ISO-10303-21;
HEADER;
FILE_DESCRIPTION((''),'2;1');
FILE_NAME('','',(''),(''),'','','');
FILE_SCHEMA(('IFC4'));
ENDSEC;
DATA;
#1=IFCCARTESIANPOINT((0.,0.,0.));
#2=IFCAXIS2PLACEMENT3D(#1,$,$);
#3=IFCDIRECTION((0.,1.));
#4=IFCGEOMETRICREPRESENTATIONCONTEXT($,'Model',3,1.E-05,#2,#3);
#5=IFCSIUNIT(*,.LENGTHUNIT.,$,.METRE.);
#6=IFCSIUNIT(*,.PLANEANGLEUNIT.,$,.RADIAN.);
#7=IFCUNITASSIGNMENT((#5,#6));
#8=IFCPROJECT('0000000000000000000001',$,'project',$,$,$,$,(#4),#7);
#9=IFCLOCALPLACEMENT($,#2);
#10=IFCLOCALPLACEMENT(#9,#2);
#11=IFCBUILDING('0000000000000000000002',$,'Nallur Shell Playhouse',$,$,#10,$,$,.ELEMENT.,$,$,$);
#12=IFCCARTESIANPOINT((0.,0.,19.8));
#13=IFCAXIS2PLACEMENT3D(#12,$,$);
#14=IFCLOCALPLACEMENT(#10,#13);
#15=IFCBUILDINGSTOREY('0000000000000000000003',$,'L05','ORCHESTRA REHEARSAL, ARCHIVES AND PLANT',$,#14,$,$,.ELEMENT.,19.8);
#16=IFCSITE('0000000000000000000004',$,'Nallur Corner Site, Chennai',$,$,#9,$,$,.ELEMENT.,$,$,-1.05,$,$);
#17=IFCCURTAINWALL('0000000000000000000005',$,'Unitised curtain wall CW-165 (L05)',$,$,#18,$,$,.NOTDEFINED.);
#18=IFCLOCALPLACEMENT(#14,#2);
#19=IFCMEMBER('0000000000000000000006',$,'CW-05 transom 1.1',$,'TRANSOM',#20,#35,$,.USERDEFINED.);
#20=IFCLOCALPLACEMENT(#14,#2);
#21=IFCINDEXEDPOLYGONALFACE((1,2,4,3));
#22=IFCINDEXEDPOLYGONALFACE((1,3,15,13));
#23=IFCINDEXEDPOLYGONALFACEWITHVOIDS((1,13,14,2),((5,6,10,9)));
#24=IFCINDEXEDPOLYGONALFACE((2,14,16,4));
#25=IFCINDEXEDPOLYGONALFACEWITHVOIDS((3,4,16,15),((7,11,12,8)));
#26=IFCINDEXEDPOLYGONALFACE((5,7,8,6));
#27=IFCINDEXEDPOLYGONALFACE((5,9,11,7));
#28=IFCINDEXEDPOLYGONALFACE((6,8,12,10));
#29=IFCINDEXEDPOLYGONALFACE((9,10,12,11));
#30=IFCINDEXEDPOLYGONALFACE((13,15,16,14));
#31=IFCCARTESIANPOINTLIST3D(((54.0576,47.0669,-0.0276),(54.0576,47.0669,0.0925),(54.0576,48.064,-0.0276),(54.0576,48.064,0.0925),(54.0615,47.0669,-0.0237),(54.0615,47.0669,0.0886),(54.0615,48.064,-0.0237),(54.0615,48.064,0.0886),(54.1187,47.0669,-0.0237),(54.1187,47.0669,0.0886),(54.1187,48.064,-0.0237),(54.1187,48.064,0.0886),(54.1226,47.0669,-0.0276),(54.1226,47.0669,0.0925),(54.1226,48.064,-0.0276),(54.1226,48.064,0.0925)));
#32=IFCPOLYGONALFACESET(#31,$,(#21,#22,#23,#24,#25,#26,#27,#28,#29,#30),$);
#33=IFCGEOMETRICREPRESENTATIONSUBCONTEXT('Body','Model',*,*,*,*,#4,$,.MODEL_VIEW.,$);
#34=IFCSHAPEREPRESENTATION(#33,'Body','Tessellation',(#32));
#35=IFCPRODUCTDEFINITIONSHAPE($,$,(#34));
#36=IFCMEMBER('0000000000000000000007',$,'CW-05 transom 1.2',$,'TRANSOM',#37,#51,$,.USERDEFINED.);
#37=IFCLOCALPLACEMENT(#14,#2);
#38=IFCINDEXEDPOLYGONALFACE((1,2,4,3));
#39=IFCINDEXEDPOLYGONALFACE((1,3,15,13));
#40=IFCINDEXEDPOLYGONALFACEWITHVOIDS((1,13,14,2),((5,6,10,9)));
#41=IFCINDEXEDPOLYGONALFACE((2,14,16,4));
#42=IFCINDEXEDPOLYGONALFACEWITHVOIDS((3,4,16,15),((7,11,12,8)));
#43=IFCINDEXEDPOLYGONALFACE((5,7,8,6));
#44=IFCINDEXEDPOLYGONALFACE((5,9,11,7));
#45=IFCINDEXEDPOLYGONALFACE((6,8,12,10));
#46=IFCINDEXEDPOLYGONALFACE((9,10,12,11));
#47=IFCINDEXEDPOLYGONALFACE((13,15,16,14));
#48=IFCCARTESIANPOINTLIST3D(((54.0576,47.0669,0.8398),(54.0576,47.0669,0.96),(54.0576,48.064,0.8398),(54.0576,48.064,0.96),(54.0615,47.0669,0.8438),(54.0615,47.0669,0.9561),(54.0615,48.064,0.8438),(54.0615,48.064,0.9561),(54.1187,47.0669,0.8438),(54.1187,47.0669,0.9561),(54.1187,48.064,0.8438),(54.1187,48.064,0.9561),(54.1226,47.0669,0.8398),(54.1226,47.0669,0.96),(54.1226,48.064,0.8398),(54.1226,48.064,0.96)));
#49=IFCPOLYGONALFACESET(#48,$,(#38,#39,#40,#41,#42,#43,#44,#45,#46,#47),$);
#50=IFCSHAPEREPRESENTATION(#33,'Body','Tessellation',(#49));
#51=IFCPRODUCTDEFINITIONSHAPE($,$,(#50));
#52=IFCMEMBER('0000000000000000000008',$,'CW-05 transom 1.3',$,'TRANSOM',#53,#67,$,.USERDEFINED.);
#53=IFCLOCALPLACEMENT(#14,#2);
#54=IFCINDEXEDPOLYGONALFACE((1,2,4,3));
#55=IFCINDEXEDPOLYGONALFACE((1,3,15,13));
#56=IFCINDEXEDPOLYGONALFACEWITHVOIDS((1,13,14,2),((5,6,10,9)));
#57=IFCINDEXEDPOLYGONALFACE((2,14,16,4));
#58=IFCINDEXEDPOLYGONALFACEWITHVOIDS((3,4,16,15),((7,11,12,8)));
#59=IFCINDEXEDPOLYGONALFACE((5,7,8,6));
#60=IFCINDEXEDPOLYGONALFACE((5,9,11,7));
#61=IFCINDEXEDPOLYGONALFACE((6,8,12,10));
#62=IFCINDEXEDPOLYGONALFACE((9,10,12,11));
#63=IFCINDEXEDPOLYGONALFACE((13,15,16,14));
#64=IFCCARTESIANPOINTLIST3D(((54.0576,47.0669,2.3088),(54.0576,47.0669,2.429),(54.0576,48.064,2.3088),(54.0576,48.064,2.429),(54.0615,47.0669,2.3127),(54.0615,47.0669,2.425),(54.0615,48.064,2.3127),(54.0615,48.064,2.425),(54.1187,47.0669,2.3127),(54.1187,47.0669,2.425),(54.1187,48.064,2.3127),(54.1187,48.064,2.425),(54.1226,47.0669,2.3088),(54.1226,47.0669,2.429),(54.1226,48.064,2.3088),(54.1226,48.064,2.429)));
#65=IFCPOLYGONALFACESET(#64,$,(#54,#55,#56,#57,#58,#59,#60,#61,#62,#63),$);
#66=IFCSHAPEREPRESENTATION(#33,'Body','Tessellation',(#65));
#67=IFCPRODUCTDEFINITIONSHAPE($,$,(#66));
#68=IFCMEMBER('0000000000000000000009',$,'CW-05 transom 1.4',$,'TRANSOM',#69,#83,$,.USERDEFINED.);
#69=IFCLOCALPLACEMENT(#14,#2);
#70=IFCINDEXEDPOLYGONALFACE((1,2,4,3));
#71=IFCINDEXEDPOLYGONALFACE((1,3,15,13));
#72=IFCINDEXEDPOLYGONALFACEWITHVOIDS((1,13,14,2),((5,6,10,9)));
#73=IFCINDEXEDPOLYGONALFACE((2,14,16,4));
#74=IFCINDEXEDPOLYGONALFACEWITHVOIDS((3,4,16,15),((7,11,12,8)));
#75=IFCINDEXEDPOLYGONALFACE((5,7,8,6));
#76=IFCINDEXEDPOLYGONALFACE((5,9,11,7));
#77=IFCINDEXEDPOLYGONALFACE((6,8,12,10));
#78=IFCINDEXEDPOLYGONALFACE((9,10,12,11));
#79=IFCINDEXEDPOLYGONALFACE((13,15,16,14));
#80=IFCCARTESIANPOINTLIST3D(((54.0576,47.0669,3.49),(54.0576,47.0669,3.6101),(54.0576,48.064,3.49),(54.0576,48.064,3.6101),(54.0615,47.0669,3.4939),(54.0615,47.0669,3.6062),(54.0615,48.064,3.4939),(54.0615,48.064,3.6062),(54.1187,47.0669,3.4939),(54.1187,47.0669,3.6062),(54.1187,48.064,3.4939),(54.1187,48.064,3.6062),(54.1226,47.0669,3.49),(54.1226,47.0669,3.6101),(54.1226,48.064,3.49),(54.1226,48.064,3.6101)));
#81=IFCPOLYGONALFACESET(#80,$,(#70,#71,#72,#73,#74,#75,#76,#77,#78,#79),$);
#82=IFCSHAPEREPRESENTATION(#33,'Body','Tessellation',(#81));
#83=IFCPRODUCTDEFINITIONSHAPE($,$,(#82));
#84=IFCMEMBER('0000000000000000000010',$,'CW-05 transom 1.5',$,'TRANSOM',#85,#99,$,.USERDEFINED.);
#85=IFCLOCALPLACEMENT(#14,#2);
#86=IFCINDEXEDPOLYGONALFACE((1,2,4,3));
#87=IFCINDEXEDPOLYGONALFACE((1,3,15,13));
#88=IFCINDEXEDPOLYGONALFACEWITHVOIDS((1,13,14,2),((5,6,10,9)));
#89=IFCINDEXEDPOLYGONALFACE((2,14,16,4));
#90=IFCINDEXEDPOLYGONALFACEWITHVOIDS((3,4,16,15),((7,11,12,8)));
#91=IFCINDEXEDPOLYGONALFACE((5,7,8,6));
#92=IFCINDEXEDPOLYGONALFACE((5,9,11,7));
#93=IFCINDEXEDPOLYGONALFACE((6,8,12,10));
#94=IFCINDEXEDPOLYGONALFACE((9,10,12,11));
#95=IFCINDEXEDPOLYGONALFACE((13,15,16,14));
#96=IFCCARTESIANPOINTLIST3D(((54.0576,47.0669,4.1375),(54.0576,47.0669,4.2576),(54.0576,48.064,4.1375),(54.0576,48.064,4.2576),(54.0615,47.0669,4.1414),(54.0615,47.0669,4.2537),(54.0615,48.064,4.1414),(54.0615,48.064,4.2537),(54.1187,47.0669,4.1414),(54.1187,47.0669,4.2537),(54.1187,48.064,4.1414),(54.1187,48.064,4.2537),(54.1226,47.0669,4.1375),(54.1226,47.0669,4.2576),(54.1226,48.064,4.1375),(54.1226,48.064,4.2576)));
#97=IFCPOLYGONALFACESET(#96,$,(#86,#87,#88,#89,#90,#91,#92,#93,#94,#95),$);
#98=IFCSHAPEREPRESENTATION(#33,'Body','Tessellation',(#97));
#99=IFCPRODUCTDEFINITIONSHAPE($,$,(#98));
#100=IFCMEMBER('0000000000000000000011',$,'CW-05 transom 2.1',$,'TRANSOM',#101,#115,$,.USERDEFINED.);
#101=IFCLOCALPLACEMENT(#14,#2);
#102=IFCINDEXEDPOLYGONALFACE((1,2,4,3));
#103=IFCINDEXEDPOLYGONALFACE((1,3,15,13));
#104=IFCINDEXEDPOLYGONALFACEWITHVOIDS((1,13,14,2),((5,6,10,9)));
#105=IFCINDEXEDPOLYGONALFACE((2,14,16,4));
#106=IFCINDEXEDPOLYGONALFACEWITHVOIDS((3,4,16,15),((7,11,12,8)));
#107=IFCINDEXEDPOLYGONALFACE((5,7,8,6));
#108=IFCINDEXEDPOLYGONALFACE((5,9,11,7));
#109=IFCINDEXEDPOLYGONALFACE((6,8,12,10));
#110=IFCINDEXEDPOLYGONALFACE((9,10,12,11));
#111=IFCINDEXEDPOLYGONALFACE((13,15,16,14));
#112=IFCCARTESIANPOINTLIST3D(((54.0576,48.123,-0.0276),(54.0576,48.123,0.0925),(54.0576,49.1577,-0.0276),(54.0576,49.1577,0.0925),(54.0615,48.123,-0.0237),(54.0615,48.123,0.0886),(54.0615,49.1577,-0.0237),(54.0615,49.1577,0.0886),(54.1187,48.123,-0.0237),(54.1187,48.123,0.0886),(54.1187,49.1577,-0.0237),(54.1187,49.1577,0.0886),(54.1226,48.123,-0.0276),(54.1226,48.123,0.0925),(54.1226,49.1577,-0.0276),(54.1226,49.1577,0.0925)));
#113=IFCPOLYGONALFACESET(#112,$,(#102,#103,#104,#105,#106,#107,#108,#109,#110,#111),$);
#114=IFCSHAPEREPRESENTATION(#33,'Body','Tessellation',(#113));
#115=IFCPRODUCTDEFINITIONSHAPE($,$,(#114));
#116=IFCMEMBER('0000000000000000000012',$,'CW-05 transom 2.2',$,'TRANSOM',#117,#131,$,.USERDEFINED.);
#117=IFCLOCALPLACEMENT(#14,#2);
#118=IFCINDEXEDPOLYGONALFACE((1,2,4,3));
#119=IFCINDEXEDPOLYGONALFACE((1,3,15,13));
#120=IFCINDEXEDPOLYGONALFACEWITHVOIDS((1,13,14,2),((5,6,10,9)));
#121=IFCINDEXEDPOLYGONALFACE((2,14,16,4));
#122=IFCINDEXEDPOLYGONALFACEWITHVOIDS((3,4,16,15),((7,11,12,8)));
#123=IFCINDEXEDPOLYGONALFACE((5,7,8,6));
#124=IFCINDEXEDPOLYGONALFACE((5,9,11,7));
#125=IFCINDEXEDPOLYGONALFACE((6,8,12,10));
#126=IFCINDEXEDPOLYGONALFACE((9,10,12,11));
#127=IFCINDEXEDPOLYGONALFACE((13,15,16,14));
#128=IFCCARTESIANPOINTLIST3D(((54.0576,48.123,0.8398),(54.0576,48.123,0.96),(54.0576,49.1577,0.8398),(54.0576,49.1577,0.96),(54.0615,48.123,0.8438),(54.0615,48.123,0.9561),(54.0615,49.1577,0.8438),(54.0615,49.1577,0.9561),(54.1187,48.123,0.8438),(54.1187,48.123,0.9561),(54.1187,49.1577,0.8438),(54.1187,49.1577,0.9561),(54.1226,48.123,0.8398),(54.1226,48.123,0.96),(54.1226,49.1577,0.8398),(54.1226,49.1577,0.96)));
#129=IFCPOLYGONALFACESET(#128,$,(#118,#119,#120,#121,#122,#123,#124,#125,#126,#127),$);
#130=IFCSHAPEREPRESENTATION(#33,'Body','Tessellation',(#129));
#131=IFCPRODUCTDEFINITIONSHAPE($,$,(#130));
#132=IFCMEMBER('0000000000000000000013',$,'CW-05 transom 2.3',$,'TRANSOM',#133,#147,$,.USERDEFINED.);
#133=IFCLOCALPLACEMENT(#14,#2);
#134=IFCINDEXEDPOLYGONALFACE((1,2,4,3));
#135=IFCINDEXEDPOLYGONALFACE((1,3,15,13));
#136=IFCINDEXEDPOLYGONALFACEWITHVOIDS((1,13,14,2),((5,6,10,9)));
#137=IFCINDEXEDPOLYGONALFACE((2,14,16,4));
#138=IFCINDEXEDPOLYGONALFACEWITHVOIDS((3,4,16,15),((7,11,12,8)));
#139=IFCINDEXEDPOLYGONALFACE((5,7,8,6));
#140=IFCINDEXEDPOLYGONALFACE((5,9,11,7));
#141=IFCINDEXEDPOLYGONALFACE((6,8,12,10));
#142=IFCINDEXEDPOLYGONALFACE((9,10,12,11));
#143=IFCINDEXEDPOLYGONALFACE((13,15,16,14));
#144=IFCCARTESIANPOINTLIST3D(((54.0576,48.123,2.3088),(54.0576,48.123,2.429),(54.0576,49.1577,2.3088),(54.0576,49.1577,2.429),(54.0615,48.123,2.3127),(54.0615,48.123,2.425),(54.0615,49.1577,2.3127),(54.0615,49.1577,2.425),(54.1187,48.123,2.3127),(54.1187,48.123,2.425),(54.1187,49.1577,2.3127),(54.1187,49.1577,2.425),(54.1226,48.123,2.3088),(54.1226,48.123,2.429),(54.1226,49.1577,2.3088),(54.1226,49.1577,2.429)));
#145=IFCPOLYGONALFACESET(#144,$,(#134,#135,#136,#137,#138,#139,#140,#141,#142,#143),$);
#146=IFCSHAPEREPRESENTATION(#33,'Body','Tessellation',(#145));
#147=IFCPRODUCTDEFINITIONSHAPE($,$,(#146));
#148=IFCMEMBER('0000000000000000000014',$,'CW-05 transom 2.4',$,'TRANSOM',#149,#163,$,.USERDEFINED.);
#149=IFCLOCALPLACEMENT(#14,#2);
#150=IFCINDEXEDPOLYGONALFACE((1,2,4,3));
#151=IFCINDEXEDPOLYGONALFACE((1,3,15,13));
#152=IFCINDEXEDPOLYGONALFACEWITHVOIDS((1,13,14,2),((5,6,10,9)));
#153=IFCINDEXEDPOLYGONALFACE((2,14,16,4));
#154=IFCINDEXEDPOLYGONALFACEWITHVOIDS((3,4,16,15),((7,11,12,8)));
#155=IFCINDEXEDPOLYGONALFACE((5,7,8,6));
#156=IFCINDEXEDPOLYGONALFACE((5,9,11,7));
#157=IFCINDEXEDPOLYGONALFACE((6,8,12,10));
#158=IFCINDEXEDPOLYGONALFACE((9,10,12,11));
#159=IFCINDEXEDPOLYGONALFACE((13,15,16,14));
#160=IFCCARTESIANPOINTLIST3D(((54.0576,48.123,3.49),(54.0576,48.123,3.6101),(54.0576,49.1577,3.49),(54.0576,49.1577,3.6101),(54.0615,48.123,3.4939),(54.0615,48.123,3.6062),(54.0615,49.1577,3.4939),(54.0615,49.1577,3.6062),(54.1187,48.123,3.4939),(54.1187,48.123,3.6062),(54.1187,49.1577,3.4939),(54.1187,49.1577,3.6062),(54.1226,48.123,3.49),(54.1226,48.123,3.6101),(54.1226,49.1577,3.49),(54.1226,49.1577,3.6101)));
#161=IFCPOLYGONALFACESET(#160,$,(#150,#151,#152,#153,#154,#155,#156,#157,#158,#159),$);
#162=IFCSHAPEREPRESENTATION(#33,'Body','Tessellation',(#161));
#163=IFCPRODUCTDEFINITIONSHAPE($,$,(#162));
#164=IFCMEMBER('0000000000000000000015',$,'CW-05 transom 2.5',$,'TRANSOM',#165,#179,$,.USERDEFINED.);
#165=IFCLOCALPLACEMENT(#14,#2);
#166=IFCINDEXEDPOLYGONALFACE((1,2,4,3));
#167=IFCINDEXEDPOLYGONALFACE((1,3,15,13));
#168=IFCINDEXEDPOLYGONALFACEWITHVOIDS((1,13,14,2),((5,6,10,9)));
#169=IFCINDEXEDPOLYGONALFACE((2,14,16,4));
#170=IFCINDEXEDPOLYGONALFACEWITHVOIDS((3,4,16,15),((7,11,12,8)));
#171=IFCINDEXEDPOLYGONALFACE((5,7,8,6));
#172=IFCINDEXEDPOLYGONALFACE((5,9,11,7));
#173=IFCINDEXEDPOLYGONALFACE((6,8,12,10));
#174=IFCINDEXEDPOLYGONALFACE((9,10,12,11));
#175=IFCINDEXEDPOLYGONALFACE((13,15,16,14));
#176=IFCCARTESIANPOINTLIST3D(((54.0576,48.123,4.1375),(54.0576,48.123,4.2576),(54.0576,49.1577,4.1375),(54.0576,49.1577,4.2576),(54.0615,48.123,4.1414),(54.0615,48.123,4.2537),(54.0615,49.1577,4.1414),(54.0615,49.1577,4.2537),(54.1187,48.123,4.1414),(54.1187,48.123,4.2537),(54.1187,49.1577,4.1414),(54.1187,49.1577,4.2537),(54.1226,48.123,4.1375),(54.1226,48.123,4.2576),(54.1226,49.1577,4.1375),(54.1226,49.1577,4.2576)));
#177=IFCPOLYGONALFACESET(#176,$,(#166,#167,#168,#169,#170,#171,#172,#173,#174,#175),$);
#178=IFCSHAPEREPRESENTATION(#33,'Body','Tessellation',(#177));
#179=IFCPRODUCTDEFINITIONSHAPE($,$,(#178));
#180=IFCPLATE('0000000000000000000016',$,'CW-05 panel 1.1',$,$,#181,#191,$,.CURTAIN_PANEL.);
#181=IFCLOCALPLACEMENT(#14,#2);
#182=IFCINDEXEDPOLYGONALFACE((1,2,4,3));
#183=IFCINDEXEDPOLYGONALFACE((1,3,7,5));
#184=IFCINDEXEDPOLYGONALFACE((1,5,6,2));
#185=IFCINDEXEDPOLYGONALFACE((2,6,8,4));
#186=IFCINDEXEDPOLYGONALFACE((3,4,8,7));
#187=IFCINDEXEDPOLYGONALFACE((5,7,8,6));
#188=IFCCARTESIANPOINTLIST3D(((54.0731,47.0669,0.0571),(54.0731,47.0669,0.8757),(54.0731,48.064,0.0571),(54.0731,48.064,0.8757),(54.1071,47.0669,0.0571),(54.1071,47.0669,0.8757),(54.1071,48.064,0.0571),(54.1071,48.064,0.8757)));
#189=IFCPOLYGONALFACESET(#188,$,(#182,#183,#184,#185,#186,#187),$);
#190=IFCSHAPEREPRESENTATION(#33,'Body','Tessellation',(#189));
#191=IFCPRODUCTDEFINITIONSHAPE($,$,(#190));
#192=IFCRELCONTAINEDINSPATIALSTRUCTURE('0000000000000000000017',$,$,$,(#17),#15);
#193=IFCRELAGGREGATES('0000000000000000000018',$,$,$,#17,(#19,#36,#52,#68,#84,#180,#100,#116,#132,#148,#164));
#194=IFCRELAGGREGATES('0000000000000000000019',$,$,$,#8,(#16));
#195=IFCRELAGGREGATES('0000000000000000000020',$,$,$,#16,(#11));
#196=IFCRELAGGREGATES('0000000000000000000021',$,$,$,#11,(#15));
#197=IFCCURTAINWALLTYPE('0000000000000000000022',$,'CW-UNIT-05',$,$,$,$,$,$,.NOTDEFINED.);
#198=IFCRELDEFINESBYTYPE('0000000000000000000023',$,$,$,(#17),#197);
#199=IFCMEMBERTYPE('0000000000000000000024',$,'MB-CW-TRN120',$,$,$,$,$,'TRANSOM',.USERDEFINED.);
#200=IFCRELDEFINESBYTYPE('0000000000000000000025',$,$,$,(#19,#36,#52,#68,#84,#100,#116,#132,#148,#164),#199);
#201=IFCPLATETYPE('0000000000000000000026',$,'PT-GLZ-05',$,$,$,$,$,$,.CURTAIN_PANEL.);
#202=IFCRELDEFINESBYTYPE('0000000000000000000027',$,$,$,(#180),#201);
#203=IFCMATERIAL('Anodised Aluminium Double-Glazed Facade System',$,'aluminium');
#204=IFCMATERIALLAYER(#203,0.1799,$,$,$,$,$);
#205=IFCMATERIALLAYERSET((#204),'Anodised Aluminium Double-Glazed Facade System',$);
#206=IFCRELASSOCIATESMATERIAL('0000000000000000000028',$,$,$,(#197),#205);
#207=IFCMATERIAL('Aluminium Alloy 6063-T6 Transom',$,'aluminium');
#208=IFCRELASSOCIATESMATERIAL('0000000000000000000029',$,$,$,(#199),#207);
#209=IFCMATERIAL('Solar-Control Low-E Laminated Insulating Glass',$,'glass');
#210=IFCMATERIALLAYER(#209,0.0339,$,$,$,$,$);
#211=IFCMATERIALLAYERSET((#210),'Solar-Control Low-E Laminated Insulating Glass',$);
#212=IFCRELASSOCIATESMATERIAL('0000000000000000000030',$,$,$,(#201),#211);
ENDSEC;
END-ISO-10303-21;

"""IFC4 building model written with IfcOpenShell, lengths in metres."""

from ifc_helpers import new_model, si_unit, direction, frame, origin, origin_2d, place, context, subcontext, project, spatial, rectangle, hollow_rectangle, extrude, material, layer, layer_set, material_profile, profile_set, type_object, element, aggregate, save


model = new_model("IFC4")

# Units and contexts
model_context = context("Model", 3, precision=1e-05, world=origin(), true_north=direction((0.0, 1.0)))
body_context = subcontext(model_context, "Body", "Model", "MODEL_VIEW")
ifc_project = project(units=[si_unit("LENGTHUNIT", "METRE"), si_unit("PLANEANGLEUNIT", "RADIAN")], contexts=[model_context])

# Site, building, storey
site_placement = place(None, origin())
site = spatial("IfcSite", under=ifc_project, at=site_placement, Name="Nallur Corner Site, Chennai", CompositionType="ELEMENT", RefElevation=-1.05)
building_placement = place(site_placement, origin())
building = spatial("IfcBuilding", under=site, at=building_placement, Name="Nallur Shell Playhouse", CompositionType="ELEMENT")
storey_placement = place(building_placement, frame((0.0, 0.0, 19.8)))
storey = spatial("IfcBuildingStorey", under=building, at=storey_placement, Name="L05", Description="ORCHESTRA REHEARSAL, ARCHIVES AND PLANT", CompositionType="ELEMENT", Elevation=19.8)

# Curtain wall, members, plate
ifc_material_1 = material(Name="Anodised Aluminium Double-Glazed Facade System", Category="aluminium")
ifc_layer_1 = layer(ifc_material_1, 0.1799)
ifc_layer_set_1 = layer_set([ifc_layer_1], Name="Anodised Aluminium Double-Glazed Facade System")
curtain_wall_type = type_object("IfcCurtainWallType", Name="CW-UNIT-05", PredefinedType="NOTDEFINED", material=ifc_layer_set_1)
curtain_wall_placement = place(storey_placement, origin())
curtain_wall = element("IfcCurtainWall", 1, at=curtain_wall_placement, inside=storey, type_object=curtain_wall_type, Name="Unitised curtain wall CW-165 (L05)", PredefinedType="NOTDEFINED")
ifc_material_2 = material(Name="Aluminium Alloy 6063-T6 Transom", Category="aluminium")
ifc_material_profile_1 = material_profile(ifc_material_2, hollow_rectangle(XDim=0.0649, YDim=0.1201, WallThickness=0.0039, at=origin_2d()), Name="ALU 65x120x4")
ifc_profile_set_1 = profile_set([ifc_material_profile_1], Name="Aluminium Alloy 6063-T6 Transom")
member_type_1 = type_object("IfcMemberType", Name="MB-CW-TRN120", ElementType="TRANSOM", PredefinedType="USERDEFINED", material=ifc_profile_set_1)
member_1_placement = place(storey_placement, frame((54.0901, 47.0669, 0.0325), z_axis=(0.0, 1.0, 0.0), x_axis=(-1.0, 0.0, 0.0)))
member_1 = element("IfcMember", 2, at=member_1_placement, type_object=member_type_1, Name="CW-05 transom 1.1", ObjectType="TRANSOM", PredefinedType="USERDEFINED", context=body_context, shape_type="SweptSolid", body=[
    extrude(hollow_rectangle(XDim=0.0649, YDim=0.1201, WallThickness=0.0039, at=origin_2d()), origin(), (0.0, 0.0, 1.0), 0.9971),
])
member_2_placement = place(storey_placement, frame((54.0901, 47.0669, 0.8999), z_axis=(0.0, 1.0, 0.0), x_axis=(-1.0, 0.0, 0.0)))
member_2 = element("IfcMember", 3, at=member_2_placement, type_object=member_type_1, Name="CW-05 transom 1.2", ObjectType="TRANSOM", PredefinedType="USERDEFINED", context=body_context, shape_type="SweptSolid", body=[
    extrude(hollow_rectangle(XDim=0.0649, YDim=0.1201, WallThickness=0.0039, at=origin_2d()), origin(), (0.0, 0.0, 1.0), 0.9971),
])
member_3_placement = place(storey_placement, frame((54.0901, 47.0669, 2.3689), z_axis=(0.0, 1.0, 0.0), x_axis=(-1.0, 0.0, 0.0)))
member_3 = element("IfcMember", 4, at=member_3_placement, type_object=member_type_1, Name="CW-05 transom 1.3", ObjectType="TRANSOM", PredefinedType="USERDEFINED", context=body_context, shape_type="SweptSolid", body=[
    extrude(hollow_rectangle(XDim=0.0649, YDim=0.1201, WallThickness=0.0039, at=origin_2d()), origin(), (0.0, 0.0, 1.0), 0.9971),
])
member_4_placement = place(storey_placement, frame((54.0901, 47.0669, 3.55), z_axis=(0.0, 1.0, 0.0), x_axis=(-1.0, 0.0, 0.0)))
member_4 = element("IfcMember", 5, at=member_4_placement, type_object=member_type_1, Name="CW-05 transom 1.4", ObjectType="TRANSOM", PredefinedType="USERDEFINED", context=body_context, shape_type="SweptSolid", body=[
    extrude(hollow_rectangle(XDim=0.0649, YDim=0.1201, WallThickness=0.0039, at=origin_2d()), origin(), (0.0, 0.0, 1.0), 0.9971),
])
member_5_placement = place(storey_placement, frame((54.0901, 47.0669, 4.1975), z_axis=(0.0, 1.0, 0.0), x_axis=(-1.0, 0.0, 0.0)))
member_5 = element("IfcMember", 6, at=member_5_placement, type_object=member_type_1, Name="CW-05 transom 1.5", ObjectType="TRANSOM", PredefinedType="USERDEFINED", context=body_context, shape_type="SweptSolid", body=[
    extrude(hollow_rectangle(XDim=0.0649, YDim=0.1201, WallThickness=0.0039, at=origin_2d()), origin(), (0.0, 0.0, 1.0), 0.9971),
])
member_6_placement = place(storey_placement, frame((54.0901, 48.123, 0.0325), z_axis=(0.0, 1.0, 0.0), x_axis=(-1.0, 0.0, 0.0)))
member_6 = element("IfcMember", 7, at=member_6_placement, type_object=member_type_1, Name="CW-05 transom 2.1", ObjectType="TRANSOM", PredefinedType="USERDEFINED", context=body_context, shape_type="SweptSolid", body=[
    extrude(hollow_rectangle(XDim=0.0649, YDim=0.1201, WallThickness=0.0039, at=origin_2d()), origin(), (0.0, 0.0, 1.0), 1.0347),
])
member_7_placement = place(storey_placement, frame((54.0901, 48.123, 0.8999), z_axis=(0.0, 1.0, 0.0), x_axis=(-1.0, 0.0, 0.0)))
member_7 = element("IfcMember", 8, at=member_7_placement, type_object=member_type_1, Name="CW-05 transom 2.2", ObjectType="TRANSOM", PredefinedType="USERDEFINED", context=body_context, shape_type="SweptSolid", body=[
    extrude(hollow_rectangle(XDim=0.0649, YDim=0.1201, WallThickness=0.0039, at=origin_2d()), origin(), (0.0, 0.0, 1.0), 1.0347),
])
member_8_placement = place(storey_placement, frame((54.0901, 48.123, 2.3689), z_axis=(0.0, 1.0, 0.0), x_axis=(-1.0, 0.0, 0.0)))
member_8 = element("IfcMember", 9, at=member_8_placement, type_object=member_type_1, Name="CW-05 transom 2.3", ObjectType="TRANSOM", PredefinedType="USERDEFINED", context=body_context, shape_type="SweptSolid", body=[
    extrude(hollow_rectangle(XDim=0.0649, YDim=0.1201, WallThickness=0.0039, at=origin_2d()), origin(), (0.0, 0.0, 1.0), 1.0347),
])
member_9_placement = place(storey_placement, frame((54.0901, 48.123, 3.55), z_axis=(0.0, 1.0, 0.0), x_axis=(-1.0, 0.0, 0.0)))
member_9 = element("IfcMember", 10, at=member_9_placement, type_object=member_type_1, Name="CW-05 transom 2.4", ObjectType="TRANSOM", PredefinedType="USERDEFINED", context=body_context, shape_type="SweptSolid", body=[
    extrude(hollow_rectangle(XDim=0.0649, YDim=0.1201, WallThickness=0.0039, at=origin_2d()), origin(), (0.0, 0.0, 1.0), 1.0347),
])
member_10_placement = place(storey_placement, frame((54.0901, 48.123, 4.1975), z_axis=(0.0, 1.0, 0.0), x_axis=(-1.0, 0.0, 0.0)))
member_10 = element("IfcMember", 11, at=member_10_placement, type_object=member_type_1, Name="CW-05 transom 2.5", ObjectType="TRANSOM", PredefinedType="USERDEFINED", context=body_context, shape_type="SweptSolid", body=[
    extrude(hollow_rectangle(XDim=0.0649, YDim=0.1201, WallThickness=0.0039, at=origin_2d()), origin(), (0.0, 0.0, 1.0), 1.0347),
])
ifc_material_3 = material(Name="Solar-Control Low-E Laminated Insulating Glass", Category="glass")
ifc_layer_2 = layer(ifc_material_3, 0.0339)
ifc_layer_set_2 = layer_set([ifc_layer_2], Name="Solar-Control Low-E Laminated Insulating Glass")
plate_type = type_object("IfcPlateType", Name="PT-GLZ-05", PredefinedType="CURTAIN_PANEL", material=ifc_layer_set_2)
plate_1_placement = place(storey_placement, frame((54.0901, 47.5654, 0.0571), z_axis=(0.0, 0.0, 1.0), x_axis=(0.0, 1.0, 0.0)))
plate_1 = element("IfcPlate", 12, at=plate_1_placement, type_object=plate_type, Name="CW-05 panel 1.1", PredefinedType="CURTAIN_PANEL", context=body_context, shape_type="SweptSolid", body=[
    extrude(rectangle(XDim=0.9971, YDim=0.0339, at=origin_2d()), origin(), (0.0, 0.0, 1.0), 0.8186),
])
aggregate(curtain_wall, [member_1, member_2, member_3, member_4, member_5, plate_1, member_6, member_7, member_8, member_9, member_10])

save(model, "model.ifc")
